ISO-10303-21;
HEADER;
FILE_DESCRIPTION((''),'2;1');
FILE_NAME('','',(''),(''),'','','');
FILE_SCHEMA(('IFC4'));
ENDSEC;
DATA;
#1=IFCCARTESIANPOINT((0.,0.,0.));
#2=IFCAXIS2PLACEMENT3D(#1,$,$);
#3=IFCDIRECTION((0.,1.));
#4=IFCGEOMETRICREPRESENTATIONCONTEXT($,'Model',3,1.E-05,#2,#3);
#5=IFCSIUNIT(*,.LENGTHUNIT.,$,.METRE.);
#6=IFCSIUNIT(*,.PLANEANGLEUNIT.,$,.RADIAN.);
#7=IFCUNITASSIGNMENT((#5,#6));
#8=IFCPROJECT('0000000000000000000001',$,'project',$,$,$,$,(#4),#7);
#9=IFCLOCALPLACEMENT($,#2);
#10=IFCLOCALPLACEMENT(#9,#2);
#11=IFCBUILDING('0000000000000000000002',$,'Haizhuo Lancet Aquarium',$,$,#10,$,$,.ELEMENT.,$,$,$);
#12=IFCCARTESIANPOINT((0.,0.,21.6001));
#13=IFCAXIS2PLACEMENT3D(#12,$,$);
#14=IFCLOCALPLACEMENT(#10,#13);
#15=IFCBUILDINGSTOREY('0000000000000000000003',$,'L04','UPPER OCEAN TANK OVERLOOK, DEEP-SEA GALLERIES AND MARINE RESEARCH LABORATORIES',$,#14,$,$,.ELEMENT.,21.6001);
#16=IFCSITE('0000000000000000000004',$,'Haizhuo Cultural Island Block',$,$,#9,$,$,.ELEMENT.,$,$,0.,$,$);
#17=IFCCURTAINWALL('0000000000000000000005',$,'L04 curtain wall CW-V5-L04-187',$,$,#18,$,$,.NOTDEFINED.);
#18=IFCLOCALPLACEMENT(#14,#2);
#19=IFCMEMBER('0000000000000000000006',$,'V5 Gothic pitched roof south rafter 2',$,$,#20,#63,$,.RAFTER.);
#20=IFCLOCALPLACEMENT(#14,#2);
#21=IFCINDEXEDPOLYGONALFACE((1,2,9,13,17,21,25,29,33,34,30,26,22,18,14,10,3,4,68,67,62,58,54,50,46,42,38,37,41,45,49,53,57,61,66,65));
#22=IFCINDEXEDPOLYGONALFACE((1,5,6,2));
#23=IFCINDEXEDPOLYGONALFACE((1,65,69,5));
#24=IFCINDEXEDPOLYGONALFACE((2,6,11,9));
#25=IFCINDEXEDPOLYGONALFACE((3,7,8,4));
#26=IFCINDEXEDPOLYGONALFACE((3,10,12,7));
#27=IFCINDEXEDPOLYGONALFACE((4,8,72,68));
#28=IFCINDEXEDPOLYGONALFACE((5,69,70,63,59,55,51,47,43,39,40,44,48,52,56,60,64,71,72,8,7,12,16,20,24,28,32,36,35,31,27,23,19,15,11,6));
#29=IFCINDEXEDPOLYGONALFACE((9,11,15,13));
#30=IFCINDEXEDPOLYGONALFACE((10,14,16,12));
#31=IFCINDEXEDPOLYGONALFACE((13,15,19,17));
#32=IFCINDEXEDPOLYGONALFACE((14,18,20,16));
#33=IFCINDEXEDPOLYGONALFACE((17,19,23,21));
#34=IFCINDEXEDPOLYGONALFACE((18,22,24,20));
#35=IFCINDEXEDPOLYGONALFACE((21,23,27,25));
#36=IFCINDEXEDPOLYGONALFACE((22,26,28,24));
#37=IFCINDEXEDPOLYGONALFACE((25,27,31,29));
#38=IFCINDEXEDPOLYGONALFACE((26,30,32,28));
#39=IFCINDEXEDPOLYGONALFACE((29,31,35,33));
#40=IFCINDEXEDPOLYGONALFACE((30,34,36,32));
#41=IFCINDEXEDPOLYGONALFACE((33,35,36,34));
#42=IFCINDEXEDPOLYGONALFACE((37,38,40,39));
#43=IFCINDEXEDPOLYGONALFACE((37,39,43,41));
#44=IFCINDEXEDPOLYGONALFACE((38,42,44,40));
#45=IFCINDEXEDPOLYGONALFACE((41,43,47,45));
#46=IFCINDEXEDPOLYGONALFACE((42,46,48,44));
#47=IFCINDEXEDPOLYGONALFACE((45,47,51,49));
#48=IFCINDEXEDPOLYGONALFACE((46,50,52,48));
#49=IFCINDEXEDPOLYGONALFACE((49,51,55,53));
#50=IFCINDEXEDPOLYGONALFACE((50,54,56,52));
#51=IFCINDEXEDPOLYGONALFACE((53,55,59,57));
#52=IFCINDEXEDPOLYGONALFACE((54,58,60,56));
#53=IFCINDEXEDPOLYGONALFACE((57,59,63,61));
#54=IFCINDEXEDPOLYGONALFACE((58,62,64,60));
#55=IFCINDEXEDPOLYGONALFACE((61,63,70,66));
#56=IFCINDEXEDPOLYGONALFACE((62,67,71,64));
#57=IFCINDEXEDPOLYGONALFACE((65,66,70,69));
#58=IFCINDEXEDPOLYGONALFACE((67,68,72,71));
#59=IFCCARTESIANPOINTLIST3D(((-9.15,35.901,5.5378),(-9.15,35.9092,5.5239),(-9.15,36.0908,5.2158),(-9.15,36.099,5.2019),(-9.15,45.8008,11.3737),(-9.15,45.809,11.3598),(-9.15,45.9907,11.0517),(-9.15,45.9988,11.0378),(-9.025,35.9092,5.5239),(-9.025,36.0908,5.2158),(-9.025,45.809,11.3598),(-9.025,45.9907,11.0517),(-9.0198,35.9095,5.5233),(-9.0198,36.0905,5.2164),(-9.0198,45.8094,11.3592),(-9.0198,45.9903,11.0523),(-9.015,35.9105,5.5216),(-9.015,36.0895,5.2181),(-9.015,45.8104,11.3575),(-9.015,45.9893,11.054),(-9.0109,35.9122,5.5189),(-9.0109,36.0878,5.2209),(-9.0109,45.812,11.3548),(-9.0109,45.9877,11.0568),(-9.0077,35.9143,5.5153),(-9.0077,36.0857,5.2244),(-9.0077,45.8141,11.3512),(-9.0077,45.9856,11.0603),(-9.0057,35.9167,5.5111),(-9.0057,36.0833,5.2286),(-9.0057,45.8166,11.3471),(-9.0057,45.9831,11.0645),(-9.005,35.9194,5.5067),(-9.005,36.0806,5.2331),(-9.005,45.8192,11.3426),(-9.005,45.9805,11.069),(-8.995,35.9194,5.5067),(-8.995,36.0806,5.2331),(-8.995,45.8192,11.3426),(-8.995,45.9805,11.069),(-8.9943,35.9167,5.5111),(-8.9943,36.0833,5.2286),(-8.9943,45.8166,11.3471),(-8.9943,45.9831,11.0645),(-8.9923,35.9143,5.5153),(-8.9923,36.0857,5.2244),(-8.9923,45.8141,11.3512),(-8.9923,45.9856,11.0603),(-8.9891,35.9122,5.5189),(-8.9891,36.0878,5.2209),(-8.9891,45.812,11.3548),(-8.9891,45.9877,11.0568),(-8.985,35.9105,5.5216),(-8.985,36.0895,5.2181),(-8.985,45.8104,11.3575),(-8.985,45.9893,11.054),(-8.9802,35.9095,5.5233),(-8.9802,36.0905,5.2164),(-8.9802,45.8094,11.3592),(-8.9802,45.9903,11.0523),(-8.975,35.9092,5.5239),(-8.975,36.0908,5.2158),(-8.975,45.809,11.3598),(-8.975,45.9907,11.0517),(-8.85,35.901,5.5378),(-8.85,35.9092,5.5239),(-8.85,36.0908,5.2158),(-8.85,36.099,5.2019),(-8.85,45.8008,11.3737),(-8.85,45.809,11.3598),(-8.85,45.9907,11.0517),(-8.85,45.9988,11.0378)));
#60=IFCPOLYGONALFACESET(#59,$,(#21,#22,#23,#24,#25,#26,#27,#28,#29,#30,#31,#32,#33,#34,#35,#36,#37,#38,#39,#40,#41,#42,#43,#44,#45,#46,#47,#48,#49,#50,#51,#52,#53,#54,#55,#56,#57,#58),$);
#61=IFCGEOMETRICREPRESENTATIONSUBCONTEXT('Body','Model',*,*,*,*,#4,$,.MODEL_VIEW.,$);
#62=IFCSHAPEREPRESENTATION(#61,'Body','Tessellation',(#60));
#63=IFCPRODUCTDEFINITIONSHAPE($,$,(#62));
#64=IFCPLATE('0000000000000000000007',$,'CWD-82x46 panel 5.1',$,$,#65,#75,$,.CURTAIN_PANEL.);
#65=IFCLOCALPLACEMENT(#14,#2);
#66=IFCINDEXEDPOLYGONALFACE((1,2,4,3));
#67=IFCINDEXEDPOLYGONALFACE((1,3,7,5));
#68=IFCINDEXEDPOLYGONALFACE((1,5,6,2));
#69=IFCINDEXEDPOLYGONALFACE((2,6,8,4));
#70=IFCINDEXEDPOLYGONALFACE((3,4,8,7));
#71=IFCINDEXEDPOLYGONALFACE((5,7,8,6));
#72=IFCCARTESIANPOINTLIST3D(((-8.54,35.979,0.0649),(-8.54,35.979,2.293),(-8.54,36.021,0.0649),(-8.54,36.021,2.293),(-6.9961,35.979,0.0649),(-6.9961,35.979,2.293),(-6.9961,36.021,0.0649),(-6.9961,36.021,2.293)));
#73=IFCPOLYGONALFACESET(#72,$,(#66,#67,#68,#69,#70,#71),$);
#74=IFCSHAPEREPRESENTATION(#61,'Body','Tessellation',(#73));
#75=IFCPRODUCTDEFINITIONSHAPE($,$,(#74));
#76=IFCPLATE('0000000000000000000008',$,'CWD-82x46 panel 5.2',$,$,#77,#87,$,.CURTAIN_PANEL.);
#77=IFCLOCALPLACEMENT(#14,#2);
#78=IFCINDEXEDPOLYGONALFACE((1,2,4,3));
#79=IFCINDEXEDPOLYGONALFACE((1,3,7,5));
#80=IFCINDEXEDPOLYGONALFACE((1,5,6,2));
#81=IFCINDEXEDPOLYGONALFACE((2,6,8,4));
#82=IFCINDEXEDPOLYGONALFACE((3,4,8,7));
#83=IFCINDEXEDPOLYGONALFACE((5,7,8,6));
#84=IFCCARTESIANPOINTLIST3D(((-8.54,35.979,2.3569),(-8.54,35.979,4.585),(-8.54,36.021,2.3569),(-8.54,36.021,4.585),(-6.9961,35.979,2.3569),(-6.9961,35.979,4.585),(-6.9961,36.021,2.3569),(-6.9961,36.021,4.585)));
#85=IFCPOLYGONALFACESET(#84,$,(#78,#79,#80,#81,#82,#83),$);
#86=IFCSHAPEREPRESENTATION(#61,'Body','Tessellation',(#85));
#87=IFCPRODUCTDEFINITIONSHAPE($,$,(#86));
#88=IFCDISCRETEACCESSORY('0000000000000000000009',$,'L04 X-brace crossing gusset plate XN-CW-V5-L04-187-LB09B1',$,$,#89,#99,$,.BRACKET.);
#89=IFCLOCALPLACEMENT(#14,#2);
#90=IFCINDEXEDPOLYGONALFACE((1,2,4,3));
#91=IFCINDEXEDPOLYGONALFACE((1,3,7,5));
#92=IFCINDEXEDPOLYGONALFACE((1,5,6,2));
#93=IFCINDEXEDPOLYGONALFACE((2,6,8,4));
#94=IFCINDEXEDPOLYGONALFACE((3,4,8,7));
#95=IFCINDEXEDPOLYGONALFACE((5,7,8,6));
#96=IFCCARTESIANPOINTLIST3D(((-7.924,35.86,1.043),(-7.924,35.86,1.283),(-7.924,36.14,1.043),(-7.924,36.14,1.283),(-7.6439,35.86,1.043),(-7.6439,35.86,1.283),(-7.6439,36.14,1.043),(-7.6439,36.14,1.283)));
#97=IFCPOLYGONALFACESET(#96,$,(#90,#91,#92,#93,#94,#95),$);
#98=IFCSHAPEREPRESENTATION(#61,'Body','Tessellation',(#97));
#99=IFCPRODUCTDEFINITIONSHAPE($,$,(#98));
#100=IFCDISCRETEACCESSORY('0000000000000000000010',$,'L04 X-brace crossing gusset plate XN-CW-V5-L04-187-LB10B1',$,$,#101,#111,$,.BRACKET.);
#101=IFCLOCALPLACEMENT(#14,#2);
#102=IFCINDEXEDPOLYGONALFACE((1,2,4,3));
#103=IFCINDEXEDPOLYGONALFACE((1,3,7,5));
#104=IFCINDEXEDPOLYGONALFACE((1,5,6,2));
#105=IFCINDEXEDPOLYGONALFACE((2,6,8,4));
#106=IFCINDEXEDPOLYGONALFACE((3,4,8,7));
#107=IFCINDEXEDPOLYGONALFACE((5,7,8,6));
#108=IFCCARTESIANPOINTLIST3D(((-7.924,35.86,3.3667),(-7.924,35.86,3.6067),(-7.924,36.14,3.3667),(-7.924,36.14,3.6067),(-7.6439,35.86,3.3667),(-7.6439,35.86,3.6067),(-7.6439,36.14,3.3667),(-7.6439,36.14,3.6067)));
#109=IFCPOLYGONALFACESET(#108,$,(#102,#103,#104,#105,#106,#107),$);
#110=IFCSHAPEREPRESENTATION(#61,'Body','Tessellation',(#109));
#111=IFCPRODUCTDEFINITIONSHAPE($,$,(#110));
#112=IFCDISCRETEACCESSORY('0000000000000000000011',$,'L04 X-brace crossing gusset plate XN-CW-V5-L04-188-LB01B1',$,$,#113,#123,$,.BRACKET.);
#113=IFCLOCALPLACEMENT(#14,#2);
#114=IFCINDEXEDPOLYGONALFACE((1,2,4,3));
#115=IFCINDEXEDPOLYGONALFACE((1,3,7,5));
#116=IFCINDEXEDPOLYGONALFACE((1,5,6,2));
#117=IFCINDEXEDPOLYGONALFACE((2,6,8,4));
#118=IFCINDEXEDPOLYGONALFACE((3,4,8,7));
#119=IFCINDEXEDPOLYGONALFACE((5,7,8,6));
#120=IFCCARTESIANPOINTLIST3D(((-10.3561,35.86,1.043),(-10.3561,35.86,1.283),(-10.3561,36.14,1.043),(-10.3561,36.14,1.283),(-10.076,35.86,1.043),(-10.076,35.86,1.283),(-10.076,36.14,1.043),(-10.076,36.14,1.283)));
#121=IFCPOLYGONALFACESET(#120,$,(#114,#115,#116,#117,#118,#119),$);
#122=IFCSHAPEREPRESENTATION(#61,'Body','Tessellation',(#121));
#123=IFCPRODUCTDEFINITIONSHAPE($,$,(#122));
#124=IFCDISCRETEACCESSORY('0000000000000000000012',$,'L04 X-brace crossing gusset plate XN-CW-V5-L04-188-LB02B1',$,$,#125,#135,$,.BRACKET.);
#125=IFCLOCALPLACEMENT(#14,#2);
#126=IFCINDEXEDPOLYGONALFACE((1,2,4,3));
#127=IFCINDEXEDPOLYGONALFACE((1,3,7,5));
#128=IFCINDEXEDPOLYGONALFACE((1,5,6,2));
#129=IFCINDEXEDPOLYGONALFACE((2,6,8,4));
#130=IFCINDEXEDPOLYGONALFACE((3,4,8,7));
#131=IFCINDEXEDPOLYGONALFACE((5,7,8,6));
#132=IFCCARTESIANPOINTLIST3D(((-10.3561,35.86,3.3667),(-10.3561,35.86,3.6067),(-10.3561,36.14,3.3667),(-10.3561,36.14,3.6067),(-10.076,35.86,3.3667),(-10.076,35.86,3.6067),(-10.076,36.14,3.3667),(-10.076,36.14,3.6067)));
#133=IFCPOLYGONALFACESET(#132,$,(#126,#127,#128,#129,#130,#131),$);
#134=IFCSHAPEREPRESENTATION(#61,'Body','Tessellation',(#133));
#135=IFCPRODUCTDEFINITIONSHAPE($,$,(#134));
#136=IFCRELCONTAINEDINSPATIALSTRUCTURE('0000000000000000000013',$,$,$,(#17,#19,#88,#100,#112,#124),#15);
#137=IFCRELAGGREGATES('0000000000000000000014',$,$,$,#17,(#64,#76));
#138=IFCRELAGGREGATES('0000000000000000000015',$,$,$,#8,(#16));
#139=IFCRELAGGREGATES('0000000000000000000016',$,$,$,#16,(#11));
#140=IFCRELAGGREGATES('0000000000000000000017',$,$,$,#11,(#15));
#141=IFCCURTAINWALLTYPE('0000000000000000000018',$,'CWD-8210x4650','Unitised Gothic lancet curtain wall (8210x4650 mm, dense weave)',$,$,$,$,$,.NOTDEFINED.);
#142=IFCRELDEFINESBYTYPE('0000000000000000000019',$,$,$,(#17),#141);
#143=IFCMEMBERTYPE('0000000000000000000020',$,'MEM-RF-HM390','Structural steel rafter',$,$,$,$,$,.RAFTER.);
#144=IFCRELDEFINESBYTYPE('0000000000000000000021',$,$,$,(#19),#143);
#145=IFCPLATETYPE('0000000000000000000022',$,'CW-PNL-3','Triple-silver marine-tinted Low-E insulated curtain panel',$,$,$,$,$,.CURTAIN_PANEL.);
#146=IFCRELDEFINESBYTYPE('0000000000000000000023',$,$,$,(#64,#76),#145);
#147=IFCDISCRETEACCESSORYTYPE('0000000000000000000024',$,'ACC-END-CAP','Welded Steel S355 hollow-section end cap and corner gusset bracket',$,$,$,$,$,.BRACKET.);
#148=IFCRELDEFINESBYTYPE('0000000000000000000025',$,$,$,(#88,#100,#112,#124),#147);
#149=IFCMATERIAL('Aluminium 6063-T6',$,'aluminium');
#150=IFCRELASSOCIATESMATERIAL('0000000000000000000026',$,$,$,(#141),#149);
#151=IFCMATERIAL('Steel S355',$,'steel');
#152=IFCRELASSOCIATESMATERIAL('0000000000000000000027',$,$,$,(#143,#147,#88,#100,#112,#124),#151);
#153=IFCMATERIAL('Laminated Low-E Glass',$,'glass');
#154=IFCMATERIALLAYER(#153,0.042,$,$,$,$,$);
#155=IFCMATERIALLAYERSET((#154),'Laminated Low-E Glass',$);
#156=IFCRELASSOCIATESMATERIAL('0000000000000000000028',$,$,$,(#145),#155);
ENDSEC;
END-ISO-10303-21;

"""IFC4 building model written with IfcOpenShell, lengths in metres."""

from ifc_helpers import new_model, si_unit, direction, frame, origin, origin_2d, place, context, subcontext, project, spatial, rectangle, i_section, extrude, material, layer, layer_set, material_profile, profile_set, type_object, element, aggregate, save


model = new_model("IFC4")

# Units and contexts
model_context = context("Model", 3, precision=1e-05, world=origin(), true_north=direction((0.0, 1.0)))
body_context = subcontext(model_context, "Body", "Model", "MODEL_VIEW")
ifc_project = project(units=[si_unit("LENGTHUNIT", "METRE"), si_unit("PLANEANGLEUNIT", "RADIAN")], contexts=[model_context])

# Site, building, storey
site_placement = place(None, origin())
site = spatial("IfcSite", under=ifc_project, at=site_placement, Name="Haizhuo Cultural Island Block", CompositionType="ELEMENT", RefElevation=0.0)
building_placement = place(site_placement, origin())
building = spatial("IfcBuilding", under=site, at=building_placement, Name="Haizhuo Lancet Aquarium", CompositionType="ELEMENT")
storey_placement = place(building_placement, frame((0.0, 0.0, 21.6001)))
storey = spatial("IfcBuildingStorey", under=building, at=storey_placement, Name="L04", Description="UPPER OCEAN TANK OVERLOOK, DEEP-SEA GALLERIES AND MARINE RESEARCH LABORATORIES", CompositionType="ELEMENT", Elevation=21.6001)

# Curtain wall
ifc_material_1 = material(Name="Aluminium 6063-T6", Category="aluminium")
curtain_wall_type = type_object("IfcCurtainWallType", Name="CWD-8210x4650", Description="Unitised Gothic lancet curtain wall (8210x4650 mm, dense weave)", PredefinedType="NOTDEFINED", material=ifc_material_1)
curtain_wall_1_placement = place(storey_placement, origin())
curtain_wall_1 = element("IfcCurtainWall", 1, at=curtain_wall_1_placement, inside=storey, type_object=curtain_wall_type, Name="L04 curtain wall CW-V5-L04-187", PredefinedType="NOTDEFINED")

# Member
ifc_material_2 = material(Name="Steel S355", Category="steel")
ifc_material_profile_1 = material_profile(ifc_material_2, i_section(OverallWidth=0.3, OverallDepth=0.3899, WebThickness=0.01, FlangeThickness=0.0161, FilletRadius=0.02, at=origin_2d()), Name="HM 390x300x10x16")
ifc_profile_set_1 = profile_set([ifc_material_profile_1], Name="Steel S355")
member_type_1 = type_object("IfcMemberType", Name="MEM-RF-HM390", Description="Structural steel rafter", PredefinedType="RAFTER", material=ifc_profile_set_1)
member_1_placement = place(storey_placement, frame((-9.0, 36.0, 5.3699), z_axis=(0.0, 0.86146, 0.507826), x_axis=(-1.0, 0.0, 0.0)))
element("IfcMember", 2, at=member_1_placement, inside=storey, type_object=member_type_1, Name="V5 Gothic pitched roof south rafter 2", PredefinedType="RAFTER", context=body_context, shape_type="SweptSolid", body=[
    extrude(i_section(OverallWidth=0.3, OverallDepth=0.3899, WebThickness=0.01, FlangeThickness=0.0161, FilletRadius=0.02, at=origin_2d()), origin(), (0.0, 0.0, 1.0), 11.4919),
])

# Plates
ifc_material_3 = material(Name="Laminated Low-E Glass", Category="glass")
ifc_layer = layer(ifc_material_3, 0.042)
ifc_layer_set = layer_set([ifc_layer], Name="Laminated Low-E Glass")
plate_type = type_object("IfcPlateType", Name="CW-PNL-3", Description="Triple-silver marine-tinted Low-E insulated curtain panel", PredefinedType="CURTAIN_PANEL", material=ifc_layer_set)
plate_1_placement = place(storey_placement, frame((-7.7681, 36.0, 0.0649), z_axis=(0.0, 0.0, 1.0), x_axis=(-1.0, 0.0, 0.0)))
plate_1 = element("IfcPlate", 3, at=plate_1_placement, type_object=plate_type, Name="CWD-82x46 panel 5.1", PredefinedType="CURTAIN_PANEL", context=body_context, shape_type="SweptSolid", body=[
    extrude(rectangle(XDim=1.5439, YDim=0.042, at=origin_2d()), origin(), (0.0, 0.0, 1.0), 2.228),
])
plate_2_placement = place(storey_placement, frame((-7.7681, 36.0, 2.3569), z_axis=(0.0, 0.0, 1.0), x_axis=(-1.0, 0.0, 0.0)))
plate_2 = element("IfcPlate", 4, at=plate_2_placement, type_object=plate_type, Name="CWD-82x46 panel 5.2", PredefinedType="CURTAIN_PANEL", context=body_context, shape_type="SweptSolid", body=[
    extrude(rectangle(XDim=1.5439, YDim=0.042, at=origin_2d()), origin(), (0.0, 0.0, 1.0), 2.228),
])
aggregate(curtain_wall_1, [plate_1, plate_2])

# Discrete accessories
discrete_accessory_type = type_object("IfcDiscreteAccessoryType", Name="ACC-END-CAP", Description="Welded Steel S355 hollow-section end cap and corner gusset bracket", PredefinedType="BRACKET", material=ifc_material_2)
for number, where, z_axis, x_axis, name in (
    (5, (-7.7839, 36.0, 1.043), (0.0, 0.0, 1.0), (1.0, 0.0, 0.0), "L04 X-brace crossing gusset plate XN-CW-V5-L04-187-LB09B1"),
    (6, (-7.7839, 36.0, 3.3667), (0.0, 0.0, 1.0), (1.0, 0.0, 0.0), "L04 X-brace crossing gusset plate XN-CW-V5-L04-187-LB10B1"),
    (7, (-10.2161, 36.0, 1.043), (0.0, 0.0, 1.0), (1.0, 0.0, 0.0), "L04 X-brace crossing gusset plate XN-CW-V5-L04-188-LB01B1"),
    (8, (-10.2161, 36.0, 3.3667), (0.0, 0.0, 1.0), (1.0, 0.0, 0.0), "L04 X-brace crossing gusset plate XN-CW-V5-L04-188-LB02B1"),
):
    element("IfcDiscreteAccessory", number, at=place(storey_placement, frame(where, z_axis=z_axis, x_axis=x_axis)), inside=storey, type_object=discrete_accessory_type, material=ifc_material_2, Name=name, PredefinedType="BRACKET", context=body_context, shape_type="SweptSolid", body=[
        extrude(rectangle(XDim=0.28, YDim=0.28, at=origin_2d()), origin(), (0.0, 0.0, 1.0), 0.24),
    ])

save(model, "model.ifc")
